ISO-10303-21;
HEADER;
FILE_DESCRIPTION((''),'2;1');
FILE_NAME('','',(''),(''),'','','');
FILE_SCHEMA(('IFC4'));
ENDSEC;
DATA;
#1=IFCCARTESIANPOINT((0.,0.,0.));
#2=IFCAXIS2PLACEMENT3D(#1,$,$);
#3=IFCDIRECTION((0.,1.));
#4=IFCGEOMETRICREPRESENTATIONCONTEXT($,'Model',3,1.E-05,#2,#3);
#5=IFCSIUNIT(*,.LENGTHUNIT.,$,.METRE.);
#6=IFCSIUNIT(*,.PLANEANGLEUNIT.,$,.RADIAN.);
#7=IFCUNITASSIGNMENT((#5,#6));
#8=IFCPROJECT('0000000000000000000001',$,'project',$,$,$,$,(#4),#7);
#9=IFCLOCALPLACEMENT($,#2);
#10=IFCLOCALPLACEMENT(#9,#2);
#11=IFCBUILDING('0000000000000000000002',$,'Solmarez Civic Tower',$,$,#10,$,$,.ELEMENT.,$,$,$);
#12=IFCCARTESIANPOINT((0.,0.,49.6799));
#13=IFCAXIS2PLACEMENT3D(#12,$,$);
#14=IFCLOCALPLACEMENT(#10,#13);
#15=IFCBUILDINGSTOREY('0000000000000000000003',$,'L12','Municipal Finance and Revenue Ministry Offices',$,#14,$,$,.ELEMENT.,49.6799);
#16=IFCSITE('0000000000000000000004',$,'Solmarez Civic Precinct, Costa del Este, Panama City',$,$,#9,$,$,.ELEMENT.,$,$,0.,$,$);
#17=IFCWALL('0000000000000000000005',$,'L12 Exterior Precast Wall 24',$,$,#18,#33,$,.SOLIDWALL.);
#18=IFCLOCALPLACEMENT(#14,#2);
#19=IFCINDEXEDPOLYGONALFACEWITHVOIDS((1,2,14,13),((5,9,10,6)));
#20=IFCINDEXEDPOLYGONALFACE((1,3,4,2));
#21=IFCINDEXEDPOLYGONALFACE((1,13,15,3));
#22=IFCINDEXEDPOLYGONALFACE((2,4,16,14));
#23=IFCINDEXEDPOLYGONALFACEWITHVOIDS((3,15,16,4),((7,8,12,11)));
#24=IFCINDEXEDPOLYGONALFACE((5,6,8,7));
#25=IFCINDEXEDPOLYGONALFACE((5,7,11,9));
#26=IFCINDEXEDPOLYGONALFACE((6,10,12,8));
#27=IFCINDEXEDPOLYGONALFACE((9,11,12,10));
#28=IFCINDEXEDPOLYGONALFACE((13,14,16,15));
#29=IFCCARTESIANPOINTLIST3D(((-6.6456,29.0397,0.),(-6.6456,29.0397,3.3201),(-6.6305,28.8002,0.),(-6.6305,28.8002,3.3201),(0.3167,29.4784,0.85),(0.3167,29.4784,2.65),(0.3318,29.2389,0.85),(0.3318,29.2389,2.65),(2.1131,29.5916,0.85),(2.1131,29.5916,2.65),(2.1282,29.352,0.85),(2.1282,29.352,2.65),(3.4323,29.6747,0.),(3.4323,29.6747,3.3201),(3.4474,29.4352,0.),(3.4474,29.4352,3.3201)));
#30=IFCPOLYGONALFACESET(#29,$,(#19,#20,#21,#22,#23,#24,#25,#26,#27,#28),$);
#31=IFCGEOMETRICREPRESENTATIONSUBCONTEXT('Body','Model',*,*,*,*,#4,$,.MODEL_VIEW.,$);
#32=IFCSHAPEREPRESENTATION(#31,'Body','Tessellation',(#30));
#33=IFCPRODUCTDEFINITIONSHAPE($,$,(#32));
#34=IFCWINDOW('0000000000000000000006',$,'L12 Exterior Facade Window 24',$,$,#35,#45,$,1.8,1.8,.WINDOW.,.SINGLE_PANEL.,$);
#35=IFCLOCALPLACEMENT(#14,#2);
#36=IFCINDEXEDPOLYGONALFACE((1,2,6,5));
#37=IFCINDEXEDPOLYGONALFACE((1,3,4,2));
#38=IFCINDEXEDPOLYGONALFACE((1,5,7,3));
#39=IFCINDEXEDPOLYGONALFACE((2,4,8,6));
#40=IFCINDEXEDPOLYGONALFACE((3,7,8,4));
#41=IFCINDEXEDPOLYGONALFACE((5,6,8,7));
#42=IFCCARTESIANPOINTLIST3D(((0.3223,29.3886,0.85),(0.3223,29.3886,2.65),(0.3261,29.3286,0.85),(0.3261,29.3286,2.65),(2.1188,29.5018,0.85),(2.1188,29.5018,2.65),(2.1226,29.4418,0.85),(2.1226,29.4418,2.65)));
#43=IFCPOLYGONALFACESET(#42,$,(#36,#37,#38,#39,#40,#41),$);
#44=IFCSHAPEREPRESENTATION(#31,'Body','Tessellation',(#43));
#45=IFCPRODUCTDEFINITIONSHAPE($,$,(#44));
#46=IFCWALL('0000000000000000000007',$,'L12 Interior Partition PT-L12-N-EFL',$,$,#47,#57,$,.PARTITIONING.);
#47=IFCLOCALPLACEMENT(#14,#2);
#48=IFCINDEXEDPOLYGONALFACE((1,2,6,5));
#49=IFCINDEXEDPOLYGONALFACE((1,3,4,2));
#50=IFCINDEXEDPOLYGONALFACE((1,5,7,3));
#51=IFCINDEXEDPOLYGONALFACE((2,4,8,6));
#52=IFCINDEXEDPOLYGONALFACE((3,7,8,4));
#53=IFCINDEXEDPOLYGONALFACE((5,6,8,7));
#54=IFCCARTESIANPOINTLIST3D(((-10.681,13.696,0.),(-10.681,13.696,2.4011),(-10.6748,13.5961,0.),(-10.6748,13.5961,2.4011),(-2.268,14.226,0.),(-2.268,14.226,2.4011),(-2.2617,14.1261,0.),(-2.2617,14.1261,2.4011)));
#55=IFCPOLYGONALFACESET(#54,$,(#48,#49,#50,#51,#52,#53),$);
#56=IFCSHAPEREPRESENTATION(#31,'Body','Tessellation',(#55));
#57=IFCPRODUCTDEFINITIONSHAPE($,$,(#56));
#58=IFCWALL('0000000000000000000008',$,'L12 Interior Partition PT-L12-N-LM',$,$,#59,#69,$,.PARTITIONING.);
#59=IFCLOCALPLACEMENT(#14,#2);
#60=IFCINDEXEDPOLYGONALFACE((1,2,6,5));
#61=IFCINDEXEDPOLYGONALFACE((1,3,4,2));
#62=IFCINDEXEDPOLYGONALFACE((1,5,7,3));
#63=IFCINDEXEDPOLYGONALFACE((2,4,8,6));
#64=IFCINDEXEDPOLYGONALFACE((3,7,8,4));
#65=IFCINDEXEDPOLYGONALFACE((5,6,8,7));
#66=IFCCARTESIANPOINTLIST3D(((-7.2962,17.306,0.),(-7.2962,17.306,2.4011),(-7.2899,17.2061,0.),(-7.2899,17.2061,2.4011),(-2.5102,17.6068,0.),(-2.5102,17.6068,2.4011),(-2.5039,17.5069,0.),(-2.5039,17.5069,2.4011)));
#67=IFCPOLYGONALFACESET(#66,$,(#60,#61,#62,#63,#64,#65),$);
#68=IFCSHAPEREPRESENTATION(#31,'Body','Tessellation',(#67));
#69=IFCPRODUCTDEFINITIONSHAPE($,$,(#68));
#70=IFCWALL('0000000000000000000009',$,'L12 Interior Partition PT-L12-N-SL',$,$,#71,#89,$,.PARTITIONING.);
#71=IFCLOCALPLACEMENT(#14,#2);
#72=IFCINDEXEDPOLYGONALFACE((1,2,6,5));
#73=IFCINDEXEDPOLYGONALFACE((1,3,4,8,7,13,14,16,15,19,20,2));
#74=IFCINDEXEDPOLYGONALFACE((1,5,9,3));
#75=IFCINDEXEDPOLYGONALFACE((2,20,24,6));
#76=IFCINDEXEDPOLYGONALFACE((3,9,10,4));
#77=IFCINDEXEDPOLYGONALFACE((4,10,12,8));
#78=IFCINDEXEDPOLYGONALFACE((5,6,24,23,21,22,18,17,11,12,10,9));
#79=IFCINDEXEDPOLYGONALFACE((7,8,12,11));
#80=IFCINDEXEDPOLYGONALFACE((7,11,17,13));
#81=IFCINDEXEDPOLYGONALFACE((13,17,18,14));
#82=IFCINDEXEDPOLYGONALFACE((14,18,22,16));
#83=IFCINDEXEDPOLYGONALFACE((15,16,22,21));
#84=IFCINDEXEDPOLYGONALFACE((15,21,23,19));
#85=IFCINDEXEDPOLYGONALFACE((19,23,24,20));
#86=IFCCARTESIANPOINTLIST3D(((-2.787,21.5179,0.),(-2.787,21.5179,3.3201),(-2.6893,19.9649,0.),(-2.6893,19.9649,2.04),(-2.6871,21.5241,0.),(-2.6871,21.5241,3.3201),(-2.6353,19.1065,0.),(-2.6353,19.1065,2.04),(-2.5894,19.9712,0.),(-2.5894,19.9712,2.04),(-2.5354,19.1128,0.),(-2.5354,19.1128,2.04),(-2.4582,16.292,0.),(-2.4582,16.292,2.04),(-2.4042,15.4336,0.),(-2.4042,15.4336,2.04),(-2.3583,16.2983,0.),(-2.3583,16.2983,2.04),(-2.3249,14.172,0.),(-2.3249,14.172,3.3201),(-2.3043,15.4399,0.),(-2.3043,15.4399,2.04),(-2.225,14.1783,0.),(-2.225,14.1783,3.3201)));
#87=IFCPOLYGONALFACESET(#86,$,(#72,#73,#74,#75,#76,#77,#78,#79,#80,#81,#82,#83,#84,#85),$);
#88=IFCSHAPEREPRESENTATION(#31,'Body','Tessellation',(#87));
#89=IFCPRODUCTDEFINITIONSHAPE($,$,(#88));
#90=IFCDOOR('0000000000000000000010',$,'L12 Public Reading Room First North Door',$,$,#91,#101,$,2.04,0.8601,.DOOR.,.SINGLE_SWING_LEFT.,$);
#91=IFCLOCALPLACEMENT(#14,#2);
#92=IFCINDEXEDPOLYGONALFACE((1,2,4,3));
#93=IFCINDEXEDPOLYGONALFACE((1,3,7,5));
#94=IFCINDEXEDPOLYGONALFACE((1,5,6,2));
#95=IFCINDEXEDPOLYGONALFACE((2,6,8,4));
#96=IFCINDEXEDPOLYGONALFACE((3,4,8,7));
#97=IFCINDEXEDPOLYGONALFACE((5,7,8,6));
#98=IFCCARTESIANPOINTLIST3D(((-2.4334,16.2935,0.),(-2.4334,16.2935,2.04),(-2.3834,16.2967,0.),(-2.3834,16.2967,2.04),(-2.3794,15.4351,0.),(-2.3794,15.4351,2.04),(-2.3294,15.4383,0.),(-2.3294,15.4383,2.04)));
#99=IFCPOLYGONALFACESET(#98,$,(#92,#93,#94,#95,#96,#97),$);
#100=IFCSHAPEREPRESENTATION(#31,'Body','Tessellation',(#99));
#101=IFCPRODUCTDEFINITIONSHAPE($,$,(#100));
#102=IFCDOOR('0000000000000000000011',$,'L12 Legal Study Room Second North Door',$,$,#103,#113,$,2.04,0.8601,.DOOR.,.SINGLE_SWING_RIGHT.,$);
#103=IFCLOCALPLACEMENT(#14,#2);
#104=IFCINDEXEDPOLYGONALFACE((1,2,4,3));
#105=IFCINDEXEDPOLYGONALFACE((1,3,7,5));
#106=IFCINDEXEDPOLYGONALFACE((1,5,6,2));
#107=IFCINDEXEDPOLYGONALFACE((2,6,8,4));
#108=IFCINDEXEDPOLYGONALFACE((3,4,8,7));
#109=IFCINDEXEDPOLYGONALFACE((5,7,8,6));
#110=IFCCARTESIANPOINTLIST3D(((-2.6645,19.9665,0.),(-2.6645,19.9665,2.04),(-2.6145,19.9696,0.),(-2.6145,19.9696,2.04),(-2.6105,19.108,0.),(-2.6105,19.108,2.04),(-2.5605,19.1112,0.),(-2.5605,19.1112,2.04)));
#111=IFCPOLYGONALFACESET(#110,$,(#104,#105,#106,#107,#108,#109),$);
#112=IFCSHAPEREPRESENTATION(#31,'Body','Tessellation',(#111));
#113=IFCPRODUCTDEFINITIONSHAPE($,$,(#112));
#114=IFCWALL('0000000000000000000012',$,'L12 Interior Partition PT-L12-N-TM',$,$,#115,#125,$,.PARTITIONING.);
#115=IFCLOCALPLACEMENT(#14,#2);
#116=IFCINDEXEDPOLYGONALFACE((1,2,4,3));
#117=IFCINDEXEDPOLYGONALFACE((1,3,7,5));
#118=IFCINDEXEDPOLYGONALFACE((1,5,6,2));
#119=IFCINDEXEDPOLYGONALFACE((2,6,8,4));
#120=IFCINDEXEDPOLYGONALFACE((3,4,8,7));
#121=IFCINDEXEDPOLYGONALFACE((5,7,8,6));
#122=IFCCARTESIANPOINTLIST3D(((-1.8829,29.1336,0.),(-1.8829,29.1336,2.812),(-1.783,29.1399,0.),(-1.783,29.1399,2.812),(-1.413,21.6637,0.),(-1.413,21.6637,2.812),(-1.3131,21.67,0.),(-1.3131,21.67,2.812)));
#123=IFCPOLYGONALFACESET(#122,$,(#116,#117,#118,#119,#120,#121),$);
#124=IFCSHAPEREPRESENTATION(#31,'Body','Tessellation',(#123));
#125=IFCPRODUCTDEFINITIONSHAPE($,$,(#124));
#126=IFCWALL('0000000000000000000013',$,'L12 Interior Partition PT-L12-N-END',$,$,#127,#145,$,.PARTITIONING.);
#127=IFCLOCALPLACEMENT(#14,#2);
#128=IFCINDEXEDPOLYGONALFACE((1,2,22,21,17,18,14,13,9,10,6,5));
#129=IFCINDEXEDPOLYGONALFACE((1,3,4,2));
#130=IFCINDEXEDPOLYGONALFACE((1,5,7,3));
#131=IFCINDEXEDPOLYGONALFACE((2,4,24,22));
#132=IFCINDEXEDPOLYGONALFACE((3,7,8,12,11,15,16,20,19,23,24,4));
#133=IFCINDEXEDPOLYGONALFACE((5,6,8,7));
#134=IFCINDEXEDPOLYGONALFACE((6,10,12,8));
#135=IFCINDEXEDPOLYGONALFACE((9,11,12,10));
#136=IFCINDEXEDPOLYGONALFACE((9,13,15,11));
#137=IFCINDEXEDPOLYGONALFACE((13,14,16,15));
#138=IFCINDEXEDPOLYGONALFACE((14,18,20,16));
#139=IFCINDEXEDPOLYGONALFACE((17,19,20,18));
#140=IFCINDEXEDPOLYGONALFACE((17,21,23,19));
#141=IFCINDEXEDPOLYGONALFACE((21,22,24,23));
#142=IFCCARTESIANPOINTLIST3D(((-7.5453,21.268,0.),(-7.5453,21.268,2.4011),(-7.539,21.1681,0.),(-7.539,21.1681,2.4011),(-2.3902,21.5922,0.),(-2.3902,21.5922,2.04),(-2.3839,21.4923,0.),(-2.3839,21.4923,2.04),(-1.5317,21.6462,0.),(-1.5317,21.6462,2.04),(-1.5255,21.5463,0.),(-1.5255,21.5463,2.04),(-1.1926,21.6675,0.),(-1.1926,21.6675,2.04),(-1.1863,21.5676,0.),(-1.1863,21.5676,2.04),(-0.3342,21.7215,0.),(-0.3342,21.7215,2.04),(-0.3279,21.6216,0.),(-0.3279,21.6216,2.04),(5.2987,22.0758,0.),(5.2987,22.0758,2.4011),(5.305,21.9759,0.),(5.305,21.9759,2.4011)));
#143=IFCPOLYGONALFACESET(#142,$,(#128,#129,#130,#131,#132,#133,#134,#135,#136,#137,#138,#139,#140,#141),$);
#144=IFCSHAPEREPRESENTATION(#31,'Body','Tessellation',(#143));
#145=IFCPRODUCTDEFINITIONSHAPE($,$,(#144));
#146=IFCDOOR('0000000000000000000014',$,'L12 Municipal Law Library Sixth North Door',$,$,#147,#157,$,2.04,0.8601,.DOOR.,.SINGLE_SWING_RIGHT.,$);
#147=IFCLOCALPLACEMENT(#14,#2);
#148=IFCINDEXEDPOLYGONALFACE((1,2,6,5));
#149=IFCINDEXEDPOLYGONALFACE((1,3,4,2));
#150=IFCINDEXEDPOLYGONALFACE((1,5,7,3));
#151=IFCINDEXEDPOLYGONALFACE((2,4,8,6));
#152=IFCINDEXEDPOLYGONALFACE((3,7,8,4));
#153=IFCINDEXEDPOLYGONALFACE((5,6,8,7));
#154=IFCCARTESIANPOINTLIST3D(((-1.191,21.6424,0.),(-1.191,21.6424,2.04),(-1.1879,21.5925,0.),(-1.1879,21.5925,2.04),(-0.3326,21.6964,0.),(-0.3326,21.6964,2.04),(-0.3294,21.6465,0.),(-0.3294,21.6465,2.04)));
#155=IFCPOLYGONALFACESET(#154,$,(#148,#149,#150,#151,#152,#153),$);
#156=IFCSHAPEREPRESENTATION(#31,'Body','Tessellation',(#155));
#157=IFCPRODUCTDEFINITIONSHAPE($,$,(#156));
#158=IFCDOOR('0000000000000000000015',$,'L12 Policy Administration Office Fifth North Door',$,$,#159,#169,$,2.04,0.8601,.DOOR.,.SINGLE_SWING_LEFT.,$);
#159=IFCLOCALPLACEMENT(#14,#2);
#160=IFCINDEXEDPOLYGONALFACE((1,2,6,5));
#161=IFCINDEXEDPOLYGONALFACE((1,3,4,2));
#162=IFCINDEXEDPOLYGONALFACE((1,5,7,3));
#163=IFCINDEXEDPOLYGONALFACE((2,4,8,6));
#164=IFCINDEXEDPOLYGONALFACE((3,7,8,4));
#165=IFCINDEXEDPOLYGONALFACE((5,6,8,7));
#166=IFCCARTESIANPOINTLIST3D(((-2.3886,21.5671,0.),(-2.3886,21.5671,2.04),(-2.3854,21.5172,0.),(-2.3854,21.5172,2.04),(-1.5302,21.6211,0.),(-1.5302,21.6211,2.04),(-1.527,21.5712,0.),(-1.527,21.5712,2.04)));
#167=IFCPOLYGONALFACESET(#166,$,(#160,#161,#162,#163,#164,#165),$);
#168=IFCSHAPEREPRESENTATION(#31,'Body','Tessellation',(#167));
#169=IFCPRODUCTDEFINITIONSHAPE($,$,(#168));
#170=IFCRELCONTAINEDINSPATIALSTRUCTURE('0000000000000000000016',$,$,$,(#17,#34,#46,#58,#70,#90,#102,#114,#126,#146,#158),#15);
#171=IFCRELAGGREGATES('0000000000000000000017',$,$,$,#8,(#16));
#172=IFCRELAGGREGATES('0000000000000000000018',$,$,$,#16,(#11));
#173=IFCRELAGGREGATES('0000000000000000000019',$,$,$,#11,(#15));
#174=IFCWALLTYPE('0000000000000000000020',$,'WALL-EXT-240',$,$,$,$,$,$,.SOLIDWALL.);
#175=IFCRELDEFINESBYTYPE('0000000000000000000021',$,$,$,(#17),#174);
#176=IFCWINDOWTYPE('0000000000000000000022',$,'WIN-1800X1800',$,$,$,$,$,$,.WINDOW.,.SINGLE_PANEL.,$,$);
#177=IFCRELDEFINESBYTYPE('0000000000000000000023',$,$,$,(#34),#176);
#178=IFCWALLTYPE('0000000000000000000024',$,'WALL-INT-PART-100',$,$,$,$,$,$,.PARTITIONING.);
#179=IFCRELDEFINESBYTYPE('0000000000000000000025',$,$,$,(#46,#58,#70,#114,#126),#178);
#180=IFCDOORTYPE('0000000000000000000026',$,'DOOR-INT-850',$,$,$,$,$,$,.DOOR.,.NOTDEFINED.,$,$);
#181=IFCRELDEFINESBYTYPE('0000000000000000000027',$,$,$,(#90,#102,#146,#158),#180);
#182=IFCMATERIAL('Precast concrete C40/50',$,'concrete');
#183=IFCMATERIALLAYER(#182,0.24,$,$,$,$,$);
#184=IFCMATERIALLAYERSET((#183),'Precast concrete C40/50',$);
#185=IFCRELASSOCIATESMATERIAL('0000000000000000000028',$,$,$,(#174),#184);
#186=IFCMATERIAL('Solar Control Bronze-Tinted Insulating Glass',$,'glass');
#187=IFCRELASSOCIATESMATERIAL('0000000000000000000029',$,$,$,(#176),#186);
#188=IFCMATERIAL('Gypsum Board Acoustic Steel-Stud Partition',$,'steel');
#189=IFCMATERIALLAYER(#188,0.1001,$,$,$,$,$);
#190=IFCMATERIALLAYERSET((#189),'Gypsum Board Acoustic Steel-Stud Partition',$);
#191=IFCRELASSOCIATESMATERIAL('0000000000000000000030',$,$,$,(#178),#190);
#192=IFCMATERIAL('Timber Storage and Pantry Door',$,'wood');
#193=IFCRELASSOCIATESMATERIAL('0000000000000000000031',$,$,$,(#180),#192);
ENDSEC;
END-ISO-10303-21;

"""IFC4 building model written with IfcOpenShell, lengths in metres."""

from ifc_helpers import new_model, si_unit, direction, frame, frame_2d, origin, place, context, subcontext, project, spatial, rectangle, extrude, material, layer, layer_set, type_object, element, fill, save


model = new_model("IFC4")

# Units and contexts
model_context = context("Model", 3, precision=1e-05, world=origin(), true_north=direction((0.0, 1.0)))
body_context = subcontext(model_context, "Body", "Model", "MODEL_VIEW")
ifc_project = project(units=[si_unit("LENGTHUNIT", "METRE"), si_unit("PLANEANGLEUNIT", "RADIAN")], contexts=[model_context])

# Site, building, storey
site_placement = place(None, origin())
site = spatial("IfcSite", under=ifc_project, at=site_placement, Name="Solmarez Civic Precinct, Costa del Este, Panama City", CompositionType="ELEMENT", RefElevation=0.0)
building_placement = place(site_placement, origin())
building = spatial("IfcBuilding", under=site, at=building_placement, Name="Solmarez Civic Tower", CompositionType="ELEMENT")
storey_placement = place(building_placement, frame((0.0, 0.0, 49.6799)))
storey = spatial("IfcBuildingStorey", under=building, at=storey_placement, Name="L12", Description="Municipal Finance and Revenue Ministry Offices", CompositionType="ELEMENT", Elevation=49.6799)

# Shared definitions
ifc_material_1 = material(Name="Precast concrete C40/50", Category="concrete")
ifc_layer_1 = layer(ifc_material_1, 0.24)
ifc_layer_set_1 = layer_set([ifc_layer_1], Name="Precast concrete C40/50")
wall_type_1 = type_object("IfcWallType", Name="WALL-EXT-240", PredefinedType="SOLIDWALL", material=ifc_layer_set_1)
ifc_material_2 = material(Name="Solar Control Bronze-Tinted Insulating Glass", Category="glass")

# Wall, opening, window
wall_1_placement = place(storey_placement, frame((-6.6379, 28.9199, 0.0), z_axis=(0.0, 0.0, 1.0), x_axis=(0.998021, 0.062886, 0.0)))
wall_1 = element("IfcWall", 1, at=wall_1_placement, inside=storey, type_object=wall_type_1, Name="L12 Exterior Precast Wall 24", PredefinedType="SOLIDWALL", context=body_context, shape_type="SweptSolid", body=[
    extrude(rectangle(XDim=10.0979, YDim=0.24, at=frame_2d((5.0488, 0.0))), origin(), (0.0, 0.0, 1.0), 3.3201),
])
opening_1_placement = place(wall_1_placement, frame((6.9761, 0.0, 0.8501)))
opening_1 = element("IfcOpeningElement", 2, at=opening_1_placement, cuts=wall_1, PredefinedType="OPENING", context=body_context, shape_type="SweptSolid", body=[
    extrude(rectangle(XDim=1.8, YDim=1.8, at=frame_2d((0.8999, 0.8999))), frame((0.0, 0.1299, 0.0), z_axis=(0.0, -1.0, 0.0), x_axis=(1.0, 0.0, 0.0)), (0.0, 0.0, 1.0), 0.26),
])
window_type_1 = type_object("IfcWindowType", Name="WIN-1800X1800", PartitioningType="SINGLE_PANEL", PredefinedType="WINDOW", material=ifc_material_2)
window_1_placement = place(opening_1_placement, origin())
window_1 = element("IfcWindow", 3, at=window_1_placement, inside=storey, type_object=window_type_1, Name="L12 Exterior Facade Window 24", OverallHeight=1.8, OverallWidth=1.8, PartitioningType="SINGLE_PANEL", PredefinedType="WINDOW", context=body_context, shape_type="SweptSolid", body=[
    extrude(rectangle(XDim=1.8, YDim=1.8, at=frame_2d((0.8999, 0.8999))), frame((0.0, 0.03, 0.0), z_axis=(0.0, -1.0, 0.0), x_axis=(1.0, 0.0, 0.0)), (0.0, 0.0, 1.0), 0.0601),
])
fill(opening_1, window_1)

# Walls
ifc_material_3 = material(Name="Gypsum Board Acoustic Steel-Stud Partition", Category="steel")
ifc_layer_2 = layer(ifc_material_3, 0.1001)
ifc_layer_set_2 = layer_set([ifc_layer_2], Name="Gypsum Board Acoustic Steel-Stud Partition")
wall_type_2 = type_object("IfcWallType", Name="WALL-INT-PART-100", PredefinedType="PARTITIONING", material=ifc_layer_set_2)
wall_2_placement = place(storey_placement, frame((-2.2649, 14.176, 0.0), z_axis=(0.0, 0.0, 1.0), x_axis=(-0.998021, -0.062876, 0.0)))
element("IfcWall", 4, at=wall_2_placement, inside=storey, type_object=wall_type_2, Name="L12 Interior Partition PT-L12-N-EFL", PredefinedType="PARTITIONING", context=body_context, shape_type="SweptSolid", body=[
    extrude(rectangle(XDim=8.4297, YDim=0.1001, at=frame_2d((4.2148, 0.0))), origin(), (0.0, 0.0, 1.0), 2.4011),
])
wall_3_placement = place(storey_placement, frame((-2.5071, 17.5569, 0.0), z_axis=(0.0, 0.0, 1.0), x_axis=(-0.998031, -0.062724, 0.0)))
element("IfcWall", 5, at=wall_3_placement, inside=storey, type_object=wall_type_2, Name="L12 Interior Partition PT-L12-N-LM", PredefinedType="PARTITIONING", context=body_context, shape_type="SweptSolid", body=[
    extrude(rectangle(XDim=4.7954, YDim=0.1001, at=frame_2d((2.3977, 0.0))), origin(), (0.0, 0.0, 1.0), 2.4011),
])

# Wall, openings, doors
wall_4_placement = place(storey_placement, frame((-2.7371, 21.521, 0.0), z_axis=(0.0, 0.0, 1.0), x_axis=(0.062789, -0.998027, 0.0)))
wall_4 = element("IfcWall", 6, at=wall_4_placement, inside=storey, type_object=wall_type_2, Name="L12 Interior Partition PT-L12-N-SL", PredefinedType="PARTITIONING", context=body_context, shape_type="SweptSolid", body=[
    extrude(rectangle(XDim=7.3604, YDim=0.1001, at=frame_2d((3.6802, 0.0))), origin(), (0.0, 0.0, 1.0), 3.3201),
])
opening_2_placement = place(wall_4_placement, frame((5.2361, 0.0, 0.0)))
opening_2 = element("IfcOpeningElement", 7, at=opening_2_placement, cuts=wall_4, PredefinedType="OPENING", context=body_context, shape_type="SweptSolid", body=[
    extrude(rectangle(XDim=0.8601, YDim=2.04, at=frame_2d((0.4302, 1.02))), frame((0.0, 0.0601, 0.0), z_axis=(0.0, -1.0, 0.0), x_axis=(1.0, 0.0, 0.0)), (0.0, 0.0, 1.0), 0.1201),
])
opening_3_placement = place(wall_4_placement, frame((1.5559, 0.0, 0.0)))
opening_3 = element("IfcOpeningElement", 8, at=opening_3_placement, cuts=wall_4, PredefinedType="OPENING", context=body_context, shape_type="SweptSolid", body=[
    extrude(rectangle(XDim=0.8601, YDim=2.04, at=frame_2d((0.4302, 1.02))), frame((0.0, 0.0601, 0.0), z_axis=(0.0, -1.0, 0.0), x_axis=(1.0, 0.0, 0.0)), (0.0, 0.0, 1.0), 0.1201),
])
ifc_material_4 = material(Name="Timber Storage and Pantry Door", Category="wood")
door_type = type_object("IfcDoorType", Name="DOOR-INT-850", OperationType="NOTDEFINED", PredefinedType="DOOR", material=ifc_material_4)
door_1_placement = place(opening_2_placement, origin())
door_1 = element("IfcDoor", 9, at=door_1_placement, inside=storey, type_object=door_type, Name="L12 Public Reading Room First North Door", OperationType="SINGLE_SWING_LEFT", OverallHeight=2.04, OverallWidth=0.8601, PredefinedType="DOOR", context=body_context, shape_type="SweptSolid", body=[
    extrude(rectangle(XDim=0.8601, YDim=2.04, at=frame_2d((0.4302, 1.02))), frame((0.0, 0.0249, 0.0), z_axis=(0.0, -1.0, 0.0), x_axis=(1.0, 0.0, 0.0)), (0.0, 0.0, 1.0), 0.05),
])
fill(opening_2, door_1)
door_2_placement = place(opening_3_placement, origin())
door_2 = element("IfcDoor", 10, at=door_2_placement, inside=storey, type_object=door_type, Name="L12 Legal Study Room Second North Door", OperationType="SINGLE_SWING_RIGHT", OverallHeight=2.04, OverallWidth=0.8601, PredefinedType="DOOR", context=body_context, shape_type="SweptSolid", body=[
    extrude(rectangle(XDim=0.8601, YDim=2.04, at=frame_2d((0.4302, 1.02))), frame((0.0, 0.0249, 0.0), z_axis=(0.0, -1.0, 0.0), x_axis=(1.0, 0.0, 0.0)), (0.0, 0.0, 1.0), 0.05),
])
fill(opening_3, door_2)

# Wall
wall_5_placement = place(storey_placement, frame((-1.363, 21.667, 0.0), z_axis=(0.0, 0.0, 1.0), x_axis=(-0.062791, 0.998027, 0.0)))
element("IfcWall", 11, at=wall_5_placement, inside=storey, type_object=wall_type_2, Name="L12 Interior Partition PT-L12-N-TM", PredefinedType="PARTITIONING", context=body_context, shape_type="SweptSolid", body=[
    extrude(rectangle(XDim=7.4846, YDim=0.1001, at=frame_2d((3.7422, 0.0))), origin(), (0.0, 0.0, 1.0), 2.812),
])

# Wall, openings, doors
wall_6_placement = place(storey_placement, frame((-7.542, 21.218, 0.0), z_axis=(0.0, 0.0, 1.0), x_axis=(0.998028, 0.062774, 0.0)))
wall_6 = element("IfcWall", 12, at=wall_6_placement, inside=storey, type_object=wall_type_2, Name="L12 Interior Partition PT-L12-N-END", PredefinedType="PARTITIONING", context=body_context, shape_type="SweptSolid", body=[
    extrude(rectangle(XDim=12.8694, YDim=0.1001, at=frame_2d((6.4346, 0.0))), origin(), (0.0, 0.0, 1.0), 2.4011),
])
opening_4_placement = place(wall_6_placement, frame((6.365, 0.0, 0.0)))
opening_4 = element("IfcOpeningElement", 13, at=opening_4_placement, cuts=wall_6, PredefinedType="OPENING", context=body_context, shape_type="SweptSolid", body=[
    extrude(rectangle(XDim=0.8601, YDim=2.04, at=frame_2d((0.4302, 1.02))), frame((0.0, 0.0601, 0.0), z_axis=(0.0, -1.0, 0.0), x_axis=(1.0, 0.0, 0.0)), (0.0, 0.0, 1.0), 0.1201),
])
opening_5_placement = place(wall_6_placement, frame((5.165, 0.0, 0.0)))
opening_5 = element("IfcOpeningElement", 14, at=opening_5_placement, cuts=wall_6, PredefinedType="OPENING", context=body_context, shape_type="SweptSolid", body=[
    extrude(rectangle(XDim=0.8601, YDim=2.04, at=frame_2d((0.4302, 1.02))), frame((0.0, 0.0601, 0.0), z_axis=(0.0, -1.0, 0.0), x_axis=(1.0, 0.0, 0.0)), (0.0, 0.0, 1.0), 0.1201),
])
door_3_placement = place(opening_4_placement, origin())
door_3 = element("IfcDoor", 15, at=door_3_placement, inside=storey, type_object=door_type, Name="L12 Municipal Law Library Sixth North Door", OperationType="SINGLE_SWING_RIGHT", OverallHeight=2.04, OverallWidth=0.8601, PredefinedType="DOOR", context=body_context, shape_type="SweptSolid", body=[
    extrude(rectangle(XDim=0.8601, YDim=2.04, at=frame_2d((0.4302, 1.02))), frame((0.0, 0.0249, 0.0), z_axis=(0.0, -1.0, 0.0), x_axis=(1.0, 0.0, 0.0)), (0.0, 0.0, 1.0), 0.05),
])
fill(opening_4, door_3)
door_4_placement = place(opening_5_placement, origin())
door_4 = element("IfcDoor", 16, at=door_4_placement, inside=storey, type_object=door_type, Name="L12 Policy Administration Office Fifth North Door", OperationType="SINGLE_SWING_LEFT", OverallHeight=2.04, OverallWidth=0.8601, PredefinedType="DOOR", context=body_context, shape_type="SweptSolid", body=[
    extrude(rectangle(XDim=0.8601, YDim=2.04, at=frame_2d((0.4302, 1.02))), frame((0.0, 0.0249, 0.0), z_axis=(0.0, -1.0, 0.0), x_axis=(1.0, 0.0, 0.0)), (0.0, 0.0, 1.0), 0.05),
])
fill(opening_5, door_4)

save(model, "model.ifc")
